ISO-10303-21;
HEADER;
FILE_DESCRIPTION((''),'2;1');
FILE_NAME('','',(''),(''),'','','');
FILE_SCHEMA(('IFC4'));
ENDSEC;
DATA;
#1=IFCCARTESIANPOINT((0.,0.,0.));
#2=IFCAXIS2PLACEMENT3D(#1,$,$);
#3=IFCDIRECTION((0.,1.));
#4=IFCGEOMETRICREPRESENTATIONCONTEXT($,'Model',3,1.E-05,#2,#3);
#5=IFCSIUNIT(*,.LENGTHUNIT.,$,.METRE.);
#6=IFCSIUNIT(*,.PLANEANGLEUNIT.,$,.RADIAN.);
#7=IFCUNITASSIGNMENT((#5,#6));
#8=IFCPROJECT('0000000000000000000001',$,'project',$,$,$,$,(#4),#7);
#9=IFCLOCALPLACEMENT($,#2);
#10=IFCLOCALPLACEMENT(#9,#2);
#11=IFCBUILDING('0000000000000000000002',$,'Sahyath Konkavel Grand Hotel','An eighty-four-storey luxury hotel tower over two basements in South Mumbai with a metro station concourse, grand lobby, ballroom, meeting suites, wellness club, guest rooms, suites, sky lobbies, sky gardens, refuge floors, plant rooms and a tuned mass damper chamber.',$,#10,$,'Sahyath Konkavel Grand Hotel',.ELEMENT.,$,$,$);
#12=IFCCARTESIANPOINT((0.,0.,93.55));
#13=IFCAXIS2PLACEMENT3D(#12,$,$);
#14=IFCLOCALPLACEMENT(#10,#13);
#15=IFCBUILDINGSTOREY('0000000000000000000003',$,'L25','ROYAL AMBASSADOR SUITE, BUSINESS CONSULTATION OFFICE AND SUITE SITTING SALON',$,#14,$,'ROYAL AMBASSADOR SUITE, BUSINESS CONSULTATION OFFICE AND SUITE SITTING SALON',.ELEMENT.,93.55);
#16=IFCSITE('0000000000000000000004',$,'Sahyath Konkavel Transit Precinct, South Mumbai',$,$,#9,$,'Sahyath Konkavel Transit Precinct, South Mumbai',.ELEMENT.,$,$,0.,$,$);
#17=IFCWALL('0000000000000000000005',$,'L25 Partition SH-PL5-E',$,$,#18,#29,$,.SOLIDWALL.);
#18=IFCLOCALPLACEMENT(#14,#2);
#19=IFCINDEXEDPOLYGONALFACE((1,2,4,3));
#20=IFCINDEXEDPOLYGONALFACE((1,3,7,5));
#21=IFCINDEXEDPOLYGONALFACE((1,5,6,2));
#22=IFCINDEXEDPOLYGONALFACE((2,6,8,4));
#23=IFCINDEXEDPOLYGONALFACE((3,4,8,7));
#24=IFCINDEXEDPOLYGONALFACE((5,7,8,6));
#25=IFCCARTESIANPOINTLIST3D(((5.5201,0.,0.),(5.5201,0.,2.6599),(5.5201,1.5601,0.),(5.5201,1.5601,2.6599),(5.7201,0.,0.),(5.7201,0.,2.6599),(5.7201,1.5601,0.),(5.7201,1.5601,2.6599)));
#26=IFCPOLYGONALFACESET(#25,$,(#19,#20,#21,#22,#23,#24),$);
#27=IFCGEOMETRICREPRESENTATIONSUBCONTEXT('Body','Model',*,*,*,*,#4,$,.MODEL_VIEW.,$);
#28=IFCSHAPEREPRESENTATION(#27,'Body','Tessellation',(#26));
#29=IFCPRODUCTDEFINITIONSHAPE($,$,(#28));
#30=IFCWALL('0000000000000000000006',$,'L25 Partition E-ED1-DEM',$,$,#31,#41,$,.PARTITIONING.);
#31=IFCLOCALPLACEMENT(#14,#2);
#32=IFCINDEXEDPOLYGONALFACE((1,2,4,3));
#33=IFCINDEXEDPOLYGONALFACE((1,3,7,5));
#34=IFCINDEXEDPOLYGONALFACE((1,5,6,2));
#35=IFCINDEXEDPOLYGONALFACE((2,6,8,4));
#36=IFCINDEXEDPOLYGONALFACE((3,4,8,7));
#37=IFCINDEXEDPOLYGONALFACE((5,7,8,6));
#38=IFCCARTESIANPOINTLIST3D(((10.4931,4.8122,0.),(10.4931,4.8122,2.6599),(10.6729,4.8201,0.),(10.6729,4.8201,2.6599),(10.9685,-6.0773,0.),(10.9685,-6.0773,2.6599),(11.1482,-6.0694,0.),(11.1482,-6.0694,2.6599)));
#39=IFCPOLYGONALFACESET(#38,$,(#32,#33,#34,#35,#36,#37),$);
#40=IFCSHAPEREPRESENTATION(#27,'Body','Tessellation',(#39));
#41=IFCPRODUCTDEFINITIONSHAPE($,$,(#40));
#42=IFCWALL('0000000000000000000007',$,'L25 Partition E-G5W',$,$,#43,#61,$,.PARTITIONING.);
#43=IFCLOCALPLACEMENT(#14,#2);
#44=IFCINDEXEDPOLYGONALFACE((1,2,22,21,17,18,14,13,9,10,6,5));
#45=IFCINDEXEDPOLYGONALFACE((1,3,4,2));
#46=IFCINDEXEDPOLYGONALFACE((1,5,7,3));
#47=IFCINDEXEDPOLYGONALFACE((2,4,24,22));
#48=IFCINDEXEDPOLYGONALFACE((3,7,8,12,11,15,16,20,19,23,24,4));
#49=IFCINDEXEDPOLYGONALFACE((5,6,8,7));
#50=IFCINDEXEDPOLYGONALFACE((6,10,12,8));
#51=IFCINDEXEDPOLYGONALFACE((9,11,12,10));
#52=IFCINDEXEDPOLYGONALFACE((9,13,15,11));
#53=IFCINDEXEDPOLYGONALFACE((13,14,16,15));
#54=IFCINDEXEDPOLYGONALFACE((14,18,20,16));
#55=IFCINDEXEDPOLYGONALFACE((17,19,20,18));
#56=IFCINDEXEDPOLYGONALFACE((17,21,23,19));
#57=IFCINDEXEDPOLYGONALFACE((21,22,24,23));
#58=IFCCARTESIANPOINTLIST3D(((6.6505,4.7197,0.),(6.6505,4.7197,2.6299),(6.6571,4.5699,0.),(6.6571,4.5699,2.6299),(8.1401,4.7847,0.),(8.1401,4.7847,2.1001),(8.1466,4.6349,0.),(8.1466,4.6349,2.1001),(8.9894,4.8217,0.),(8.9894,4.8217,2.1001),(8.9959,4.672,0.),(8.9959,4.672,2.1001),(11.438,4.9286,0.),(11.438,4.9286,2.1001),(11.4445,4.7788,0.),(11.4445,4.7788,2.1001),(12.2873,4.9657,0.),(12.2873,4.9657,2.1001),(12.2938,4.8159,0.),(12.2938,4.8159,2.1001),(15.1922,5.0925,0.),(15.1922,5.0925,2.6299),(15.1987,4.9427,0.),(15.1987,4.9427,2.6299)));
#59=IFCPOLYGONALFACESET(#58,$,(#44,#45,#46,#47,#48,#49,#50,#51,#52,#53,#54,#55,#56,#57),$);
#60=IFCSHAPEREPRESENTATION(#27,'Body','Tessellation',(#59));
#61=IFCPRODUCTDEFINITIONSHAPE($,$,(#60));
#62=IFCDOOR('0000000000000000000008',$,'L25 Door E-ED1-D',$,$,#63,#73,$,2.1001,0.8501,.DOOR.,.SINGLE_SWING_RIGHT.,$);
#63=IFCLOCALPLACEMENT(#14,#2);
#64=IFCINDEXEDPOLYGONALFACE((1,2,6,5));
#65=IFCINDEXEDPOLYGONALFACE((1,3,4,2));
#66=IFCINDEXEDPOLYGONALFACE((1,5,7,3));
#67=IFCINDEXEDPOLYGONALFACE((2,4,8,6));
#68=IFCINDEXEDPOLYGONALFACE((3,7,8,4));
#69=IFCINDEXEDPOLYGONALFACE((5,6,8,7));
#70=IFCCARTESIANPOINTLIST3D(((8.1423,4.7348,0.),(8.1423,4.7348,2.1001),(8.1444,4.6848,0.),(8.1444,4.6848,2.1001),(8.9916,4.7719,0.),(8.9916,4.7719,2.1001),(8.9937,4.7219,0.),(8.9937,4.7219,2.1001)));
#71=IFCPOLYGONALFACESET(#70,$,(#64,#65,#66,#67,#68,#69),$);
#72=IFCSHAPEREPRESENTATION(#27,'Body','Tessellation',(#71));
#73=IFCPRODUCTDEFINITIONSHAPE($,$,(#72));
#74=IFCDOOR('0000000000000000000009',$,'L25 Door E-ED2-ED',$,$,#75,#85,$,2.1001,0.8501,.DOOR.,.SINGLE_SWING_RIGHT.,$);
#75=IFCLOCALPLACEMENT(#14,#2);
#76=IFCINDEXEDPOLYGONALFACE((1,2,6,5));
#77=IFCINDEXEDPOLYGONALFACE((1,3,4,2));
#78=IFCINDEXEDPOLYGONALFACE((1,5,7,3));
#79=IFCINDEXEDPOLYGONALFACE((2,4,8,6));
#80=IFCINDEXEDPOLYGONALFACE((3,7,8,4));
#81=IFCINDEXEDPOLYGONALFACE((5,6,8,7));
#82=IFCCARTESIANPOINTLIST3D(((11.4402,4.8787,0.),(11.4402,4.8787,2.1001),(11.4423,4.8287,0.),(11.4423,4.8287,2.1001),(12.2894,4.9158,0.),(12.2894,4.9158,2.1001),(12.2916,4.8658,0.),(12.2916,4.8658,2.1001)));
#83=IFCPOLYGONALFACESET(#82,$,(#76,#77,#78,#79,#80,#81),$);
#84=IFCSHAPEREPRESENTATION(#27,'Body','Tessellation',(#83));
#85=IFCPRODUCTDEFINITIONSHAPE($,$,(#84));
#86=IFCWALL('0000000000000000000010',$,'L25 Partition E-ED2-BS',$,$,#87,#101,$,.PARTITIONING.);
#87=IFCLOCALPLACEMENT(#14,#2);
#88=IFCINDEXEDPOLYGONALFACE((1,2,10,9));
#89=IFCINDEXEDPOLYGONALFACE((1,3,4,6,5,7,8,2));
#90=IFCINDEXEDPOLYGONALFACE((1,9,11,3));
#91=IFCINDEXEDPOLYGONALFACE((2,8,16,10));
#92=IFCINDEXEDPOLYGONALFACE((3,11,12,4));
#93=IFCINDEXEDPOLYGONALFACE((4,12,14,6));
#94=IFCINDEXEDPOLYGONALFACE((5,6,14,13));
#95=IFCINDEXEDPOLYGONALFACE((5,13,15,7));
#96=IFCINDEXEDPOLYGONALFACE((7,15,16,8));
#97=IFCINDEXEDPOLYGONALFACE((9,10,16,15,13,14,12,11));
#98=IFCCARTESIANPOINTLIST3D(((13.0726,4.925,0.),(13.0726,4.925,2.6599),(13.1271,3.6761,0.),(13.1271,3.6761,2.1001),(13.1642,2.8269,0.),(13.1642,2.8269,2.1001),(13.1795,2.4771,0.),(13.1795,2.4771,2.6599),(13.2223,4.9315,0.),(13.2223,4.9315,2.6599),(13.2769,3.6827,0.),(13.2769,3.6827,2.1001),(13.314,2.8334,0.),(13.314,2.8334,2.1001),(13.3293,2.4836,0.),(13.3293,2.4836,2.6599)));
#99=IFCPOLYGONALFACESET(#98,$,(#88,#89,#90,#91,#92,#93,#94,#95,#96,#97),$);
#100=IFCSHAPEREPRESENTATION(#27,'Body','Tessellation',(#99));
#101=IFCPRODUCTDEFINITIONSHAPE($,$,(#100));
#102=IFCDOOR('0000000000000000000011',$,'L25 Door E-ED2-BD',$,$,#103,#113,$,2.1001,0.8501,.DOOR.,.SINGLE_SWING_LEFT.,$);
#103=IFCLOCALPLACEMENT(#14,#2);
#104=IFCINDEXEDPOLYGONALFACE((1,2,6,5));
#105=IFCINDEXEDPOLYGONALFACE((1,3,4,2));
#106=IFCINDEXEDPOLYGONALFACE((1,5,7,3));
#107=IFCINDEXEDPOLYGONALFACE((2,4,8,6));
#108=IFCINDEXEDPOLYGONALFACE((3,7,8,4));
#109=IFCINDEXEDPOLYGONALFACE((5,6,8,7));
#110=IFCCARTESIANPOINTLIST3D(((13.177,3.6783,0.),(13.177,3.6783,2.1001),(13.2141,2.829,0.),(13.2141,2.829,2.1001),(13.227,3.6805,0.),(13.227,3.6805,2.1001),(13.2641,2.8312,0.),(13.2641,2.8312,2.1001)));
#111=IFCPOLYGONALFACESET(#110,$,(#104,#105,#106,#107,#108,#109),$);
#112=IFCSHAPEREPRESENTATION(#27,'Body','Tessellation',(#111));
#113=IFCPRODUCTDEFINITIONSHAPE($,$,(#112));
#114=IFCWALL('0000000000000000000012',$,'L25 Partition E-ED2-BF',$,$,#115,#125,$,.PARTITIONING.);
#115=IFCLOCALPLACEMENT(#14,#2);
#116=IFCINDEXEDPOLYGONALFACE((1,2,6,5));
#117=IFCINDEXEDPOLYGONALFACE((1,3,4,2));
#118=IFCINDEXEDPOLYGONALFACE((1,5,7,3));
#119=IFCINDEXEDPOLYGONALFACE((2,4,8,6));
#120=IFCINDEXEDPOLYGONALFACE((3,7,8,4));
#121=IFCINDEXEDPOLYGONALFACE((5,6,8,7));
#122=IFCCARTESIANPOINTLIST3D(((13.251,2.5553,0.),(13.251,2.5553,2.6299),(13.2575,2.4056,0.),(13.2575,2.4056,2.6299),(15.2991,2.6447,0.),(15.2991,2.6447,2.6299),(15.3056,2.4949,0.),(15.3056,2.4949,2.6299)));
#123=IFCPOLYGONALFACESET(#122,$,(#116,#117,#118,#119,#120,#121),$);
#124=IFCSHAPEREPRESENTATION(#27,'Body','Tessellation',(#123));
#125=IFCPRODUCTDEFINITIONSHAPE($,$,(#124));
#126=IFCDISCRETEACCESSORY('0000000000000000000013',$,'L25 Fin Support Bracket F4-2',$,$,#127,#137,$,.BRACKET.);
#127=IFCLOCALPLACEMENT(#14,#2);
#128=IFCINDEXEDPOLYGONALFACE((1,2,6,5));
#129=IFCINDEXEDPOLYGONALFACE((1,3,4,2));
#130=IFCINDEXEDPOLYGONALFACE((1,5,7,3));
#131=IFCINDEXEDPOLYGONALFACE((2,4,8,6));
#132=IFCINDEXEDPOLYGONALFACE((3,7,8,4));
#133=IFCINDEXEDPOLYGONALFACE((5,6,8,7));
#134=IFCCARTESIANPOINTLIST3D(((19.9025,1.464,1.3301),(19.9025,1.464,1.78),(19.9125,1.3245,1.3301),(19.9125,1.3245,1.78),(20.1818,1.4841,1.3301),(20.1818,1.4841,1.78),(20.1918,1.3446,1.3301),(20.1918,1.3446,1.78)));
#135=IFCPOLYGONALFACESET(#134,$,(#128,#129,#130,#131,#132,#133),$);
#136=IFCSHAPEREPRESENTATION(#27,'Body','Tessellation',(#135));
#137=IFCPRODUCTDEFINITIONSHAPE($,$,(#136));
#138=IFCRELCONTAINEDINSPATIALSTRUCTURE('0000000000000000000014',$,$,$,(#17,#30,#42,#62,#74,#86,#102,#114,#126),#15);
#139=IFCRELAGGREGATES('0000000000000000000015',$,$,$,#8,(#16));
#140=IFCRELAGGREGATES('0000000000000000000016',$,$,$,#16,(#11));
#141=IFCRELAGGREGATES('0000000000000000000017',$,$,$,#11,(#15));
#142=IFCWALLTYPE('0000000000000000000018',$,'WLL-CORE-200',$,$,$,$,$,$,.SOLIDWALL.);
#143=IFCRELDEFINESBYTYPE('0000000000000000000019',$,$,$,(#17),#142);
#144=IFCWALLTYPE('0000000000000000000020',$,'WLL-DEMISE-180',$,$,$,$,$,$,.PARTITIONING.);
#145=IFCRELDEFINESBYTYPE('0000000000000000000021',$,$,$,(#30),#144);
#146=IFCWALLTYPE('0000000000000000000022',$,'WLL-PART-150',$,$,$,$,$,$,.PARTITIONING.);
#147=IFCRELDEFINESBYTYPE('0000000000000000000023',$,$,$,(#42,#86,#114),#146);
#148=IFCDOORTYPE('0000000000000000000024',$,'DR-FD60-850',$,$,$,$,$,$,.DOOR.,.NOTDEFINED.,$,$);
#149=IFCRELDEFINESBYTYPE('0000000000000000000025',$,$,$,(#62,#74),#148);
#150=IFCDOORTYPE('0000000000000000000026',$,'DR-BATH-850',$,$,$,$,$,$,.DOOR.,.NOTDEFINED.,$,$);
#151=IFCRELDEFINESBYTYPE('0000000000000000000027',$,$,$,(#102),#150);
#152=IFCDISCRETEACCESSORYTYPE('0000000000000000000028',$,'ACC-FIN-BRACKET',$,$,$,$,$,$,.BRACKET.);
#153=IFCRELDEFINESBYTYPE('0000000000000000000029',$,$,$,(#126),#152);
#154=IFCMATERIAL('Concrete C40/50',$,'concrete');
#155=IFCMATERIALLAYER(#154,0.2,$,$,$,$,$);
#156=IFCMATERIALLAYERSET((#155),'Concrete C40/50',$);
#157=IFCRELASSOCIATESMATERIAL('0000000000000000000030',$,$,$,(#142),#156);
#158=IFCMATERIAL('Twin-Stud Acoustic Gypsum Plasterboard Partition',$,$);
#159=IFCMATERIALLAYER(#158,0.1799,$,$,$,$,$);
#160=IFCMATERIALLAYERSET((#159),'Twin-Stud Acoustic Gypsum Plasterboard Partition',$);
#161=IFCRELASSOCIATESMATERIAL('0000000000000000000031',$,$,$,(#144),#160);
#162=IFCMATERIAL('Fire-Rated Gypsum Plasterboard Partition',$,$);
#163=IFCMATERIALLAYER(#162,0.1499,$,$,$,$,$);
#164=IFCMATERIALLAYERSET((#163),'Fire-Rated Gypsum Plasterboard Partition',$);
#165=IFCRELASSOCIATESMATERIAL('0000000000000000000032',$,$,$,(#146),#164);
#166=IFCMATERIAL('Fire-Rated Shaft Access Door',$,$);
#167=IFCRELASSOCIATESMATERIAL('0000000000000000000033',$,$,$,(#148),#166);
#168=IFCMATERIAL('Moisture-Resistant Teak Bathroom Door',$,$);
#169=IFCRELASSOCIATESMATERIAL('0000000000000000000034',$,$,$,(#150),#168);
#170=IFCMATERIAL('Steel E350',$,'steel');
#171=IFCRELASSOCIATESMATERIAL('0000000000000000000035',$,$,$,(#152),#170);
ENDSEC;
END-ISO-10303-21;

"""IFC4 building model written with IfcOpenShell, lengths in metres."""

from ifc_helpers import new_model, si_unit, direction, frame, frame_2d, origin, origin_2d, place, context, subcontext, project, spatial, rectangle, extrude, source, transform, mapped, material, layer, layer_set, type_object, element, fill, save


model = new_model("IFC4")

# Units and contexts
model_context = context("Model", 3, precision=1e-05, world=origin(), true_north=direction((0.0, 1.0)))
body_context = subcontext(model_context, "Body", "Model", "MODEL_VIEW")
ifc_project = project(units=[si_unit("LENGTHUNIT", "METRE"), si_unit("PLANEANGLEUNIT", "RADIAN")], contexts=[model_context])

# Site, building, storey
site_placement = place(None, origin())
site = spatial("IfcSite", under=ifc_project, at=site_placement, Name="Sahyath Konkavel Transit Precinct, South Mumbai", LongName="Sahyath Konkavel Transit Precinct, South Mumbai", CompositionType="ELEMENT", RefElevation=0.0)
building_placement = place(site_placement, origin())
building = spatial("IfcBuilding", under=site, at=building_placement, Name="Sahyath Konkavel Grand Hotel", Description="An eighty-four-storey luxury hotel tower over two basements in South Mumbai with a metro station concourse, grand lobby, ballroom, meeting suites, wellness club, guest rooms, suites, sky lobbies, sky gardens, refuge floors, plant rooms and a tuned mass damper chamber.", LongName="Sahyath Konkavel Grand Hotel", CompositionType="ELEMENT")
storey_placement = place(building_placement, frame((0.0, 0.0, 93.55)))
storey = spatial("IfcBuildingStorey", under=building, at=storey_placement, Name="L25", Description="ROYAL AMBASSADOR SUITE, BUSINESS CONSULTATION OFFICE AND SUITE SITTING SALON", LongName="ROYAL AMBASSADOR SUITE, BUSINESS CONSULTATION OFFICE AND SUITE SITTING SALON", CompositionType="ELEMENT", Elevation=93.55)

# Shared definitions
ifc_material_1 = material(Name="Steel E350", Category="steel")

# Walls
ifc_material_2 = material(Name="Concrete C40/50", Category="concrete")
ifc_layer_1 = layer(ifc_material_2, 0.2)
ifc_layer_set_1 = layer_set([ifc_layer_1], Name="Concrete C40/50")
wall_type_1 = type_object("IfcWallType", Name="WLL-CORE-200", PredefinedType="SOLIDWALL", material=ifc_layer_set_1)
wall_1_placement = place(storey_placement, frame((5.6201, 0.0, 0.0), z_axis=(0.0, 0.0, 1.0), x_axis=(0.0, 1.0, 0.0)))
element("IfcWall", 1, at=wall_1_placement, inside=storey, type_object=wall_type_1, Name="L25 Partition SH-PL5-E", PredefinedType="SOLIDWALL", context=body_context, shape_type="SweptSolid", body=[
    extrude(rectangle(XDim=1.5601, YDim=0.2, at=frame_2d((0.78, 0.0))), origin(), (0.0, 0.0, 1.0), 2.6599),
])
ifc_material_3 = material(Name="Twin-Stud Acoustic Gypsum Plasterboard Partition")
ifc_layer_2 = layer(ifc_material_3, 0.1799)
ifc_layer_set_2 = layer_set([ifc_layer_2], Name="Twin-Stud Acoustic Gypsum Plasterboard Partition")
wall_type_2 = type_object("IfcWallType", Name="WLL-DEMISE-180", PredefinedType="PARTITIONING", material=ifc_layer_set_2)
wall_2_placement = place(storey_placement, frame((10.583, 4.8162, 0.0), z_axis=(0.0, 0.0, 1.0), x_axis=(0.043609, -0.999049, 0.0)))
element("IfcWall", 2, at=wall_2_placement, inside=storey, type_object=wall_type_2, Name="L25 Partition E-ED1-DEM", PredefinedType="PARTITIONING", context=body_context, shape_type="SweptSolid", body=[
    extrude(rectangle(XDim=10.8999, YDim=0.1799, at=frame_2d((5.45, 0.0))), origin(), (0.0, 0.0, 1.0), 2.6599),
])

# Wall, openings, doors
ifc_material_4 = material(Name="Fire-Rated Gypsum Plasterboard Partition")
ifc_layer_3 = layer(ifc_material_4, 0.1499)
ifc_layer_set_3 = layer_set([ifc_layer_3], Name="Fire-Rated Gypsum Plasterboard Partition")
wall_type_3 = type_object("IfcWallType", Name="WLL-PART-150", PredefinedType="PARTITIONING", material=ifc_layer_set_3)
wall_3_placement = place(storey_placement, frame((6.6538, 4.6448, 0.0), z_axis=(0.0, 0.0, 1.0), x_axis=(0.999049, 0.043603, 0.0)))
wall_3 = element("IfcWall", 3, at=wall_3_placement, inside=storey, type_object=wall_type_3, Name="L25 Partition E-G5W", PredefinedType="PARTITIONING", context=body_context, shape_type="SweptSolid", body=[
    extrude(rectangle(XDim=8.5498, YDim=0.1499, at=frame_2d((4.2749, 0.0))), origin(), (0.0, 0.0, 1.0), 2.6299),
])
opening_1_placement = place(wall_3_placement, frame((1.491, 0.0, 0.0)))
opening_1 = element("IfcOpeningElement", 4, at=opening_1_placement, cuts=wall_3, PredefinedType="OPENING", context=body_context, shape_type="SweptSolid", body=[
    extrude(rectangle(XDim=0.8501, YDim=2.1001, at=frame_2d((0.425, 1.05))), frame((0.0, 0.085, 0.0), z_axis=(0.0, -1.0, 0.0), x_axis=(1.0, 0.0, 0.0)), (0.0, 0.0, 1.0), 0.1699),
])
opening_2_placement = place(wall_3_placement, frame((4.792, 0.0, 0.0)))
opening_2 = element("IfcOpeningElement", 5, at=opening_2_placement, cuts=wall_3, PredefinedType="OPENING", context=body_context, shape_type="SweptSolid", body=[
    extrude(rectangle(XDim=0.8501, YDim=2.1001, at=frame_2d((0.425, 1.05))), frame((0.0, 0.085, 0.0), z_axis=(0.0, -1.0, 0.0), x_axis=(1.0, 0.0, 0.0)), (0.0, 0.0, 1.0), 0.1699),
])
ifc_material_5 = material(Name="Fire-Rated Shaft Access Door")
door_type_1 = type_object("IfcDoorType", Name="DR-FD60-850", OperationType="NOTDEFINED", PredefinedType="DOOR", material=ifc_material_5)
shared_shape_1 = source(origin(), body_context, "Body", "SweptSolid", [
    extrude(rectangle(XDim=0.8501, YDim=0.05, at=origin_2d()), origin(), (0.0, 0.0, 1.0), 2.1001),
])
door_1_placement = place(opening_1_placement, frame((0.425, 0.0, 0.0)))
door_1 = element("IfcDoor", 6, at=door_1_placement, inside=storey, type_object=door_type_1, Name="L25 Door E-ED1-D", OperationType="SINGLE_SWING_RIGHT", OverallHeight=2.1001, OverallWidth=0.8501, PredefinedType="DOOR", context=body_context, shape_type="MappedRepresentation", body=[
    mapped(shared_shape_1, transform((0.0, 0.0, 0.0), scale=1.0)),
])
fill(opening_1, door_1)
door_2_placement = place(opening_2_placement, frame((0.425, 0.0, 0.0)))
door_2 = element("IfcDoor", 7, at=door_2_placement, inside=storey, type_object=door_type_1, Name="L25 Door E-ED2-ED", OperationType="SINGLE_SWING_RIGHT", OverallHeight=2.1001, OverallWidth=0.8501, PredefinedType="DOOR", context=body_context, shape_type="MappedRepresentation", body=[
    mapped(shared_shape_1, transform((0.0, 0.0, 0.0), scale=1.0)),
])
fill(opening_2, door_2)

# Wall, opening, door
wall_4_placement = place(storey_placement, frame((13.1475, 4.9282, 0.0), z_axis=(0.0, 0.0, 1.0), x_axis=(0.043645, -0.999047, 0.0)))
wall_4 = element("IfcWall", 8, at=wall_4_placement, inside=storey, type_object=wall_type_3, Name="L25 Partition E-ED2-BS", PredefinedType="PARTITIONING", context=body_context, shape_type="SweptSolid", body=[
    extrude(rectangle(XDim=2.4502, YDim=0.1499, at=frame_2d((1.2251, 0.0))), origin(), (0.0, 0.0, 1.0), 2.6599),
])
opening_3_placement = place(wall_4_placement, frame((1.25, 0.0, 0.0)))
opening_3 = element("IfcOpeningElement", 9, at=opening_3_placement, cuts=wall_4, PredefinedType="OPENING", context=body_context, shape_type="SweptSolid", body=[
    extrude(rectangle(XDim=0.8501, YDim=2.1001, at=frame_2d((0.425, 1.05))), frame((0.0, 0.085, 0.0), z_axis=(0.0, -1.0, 0.0), x_axis=(1.0, 0.0, 0.0)), (0.0, 0.0, 1.0), 0.1699),
])
ifc_material_6 = material(Name="Moisture-Resistant Teak Bathroom Door")
door_type_2 = type_object("IfcDoorType", Name="DR-BATH-850", OperationType="NOTDEFINED", PredefinedType="DOOR", material=ifc_material_6)
door_3_placement = place(opening_3_placement, frame((0.425, 0.0, 0.0)))
door_3 = element("IfcDoor", 10, at=door_3_placement, inside=storey, type_object=door_type_2, Name="L25 Door E-ED2-BD", OperationType="SINGLE_SWING_LEFT", OverallHeight=2.1001, OverallWidth=0.8501, PredefinedType="DOOR", context=body_context, shape_type="MappedRepresentation", body=[
    mapped(shared_shape_1, transform((0.0, 0.0, 0.0), scale=1.0)),
])
fill(opening_3, door_3)

# Wall
wall_5_placement = place(storey_placement, frame((13.2544, 2.4805, 0.0), z_axis=(0.0, 0.0, 1.0), x_axis=(0.99905, 0.043587, 0.0)))
element("IfcWall", 11, at=wall_5_placement, inside=storey, type_object=wall_type_3, Name="L25 Partition E-ED2-BF", PredefinedType="PARTITIONING", context=body_context, shape_type="SweptSolid", body=[
    extrude(rectangle(XDim=2.05, YDim=0.1499, at=frame_2d((1.0249, 0.0))), origin(), (0.0, 0.0, 1.0), 2.6299),
])

# Discrete accessory
discrete_accessory_type = type_object("IfcDiscreteAccessoryType", Name="ACC-FIN-BRACKET", PredefinedType="BRACKET", material=ifc_material_1)
shared_shape_2 = source(origin(), body_context, "Body", "SweptSolid", [
    extrude(rectangle(XDim=0.28, YDim=0.1399, at=origin_2d()), origin(), (0.0, 0.0, 1.0), 0.45),
])
discrete_accessory_placement = place(storey_placement, frame((20.0471, 1.4043, 1.3301), z_axis=(0.0, 0.0, 1.0), x_axis=(0.997436, 0.071567, 0.0)))
element("IfcDiscreteAccessory", 12, at=discrete_accessory_placement, inside=storey, type_object=discrete_accessory_type, Name="L25 Fin Support Bracket F4-2", PredefinedType="BRACKET", context=body_context, shape_type="MappedRepresentation", body=[
    mapped(shared_shape_2, transform((0.0, 0.0, 0.0), scale=1.0)),
])

save(model, "model.ifc")
